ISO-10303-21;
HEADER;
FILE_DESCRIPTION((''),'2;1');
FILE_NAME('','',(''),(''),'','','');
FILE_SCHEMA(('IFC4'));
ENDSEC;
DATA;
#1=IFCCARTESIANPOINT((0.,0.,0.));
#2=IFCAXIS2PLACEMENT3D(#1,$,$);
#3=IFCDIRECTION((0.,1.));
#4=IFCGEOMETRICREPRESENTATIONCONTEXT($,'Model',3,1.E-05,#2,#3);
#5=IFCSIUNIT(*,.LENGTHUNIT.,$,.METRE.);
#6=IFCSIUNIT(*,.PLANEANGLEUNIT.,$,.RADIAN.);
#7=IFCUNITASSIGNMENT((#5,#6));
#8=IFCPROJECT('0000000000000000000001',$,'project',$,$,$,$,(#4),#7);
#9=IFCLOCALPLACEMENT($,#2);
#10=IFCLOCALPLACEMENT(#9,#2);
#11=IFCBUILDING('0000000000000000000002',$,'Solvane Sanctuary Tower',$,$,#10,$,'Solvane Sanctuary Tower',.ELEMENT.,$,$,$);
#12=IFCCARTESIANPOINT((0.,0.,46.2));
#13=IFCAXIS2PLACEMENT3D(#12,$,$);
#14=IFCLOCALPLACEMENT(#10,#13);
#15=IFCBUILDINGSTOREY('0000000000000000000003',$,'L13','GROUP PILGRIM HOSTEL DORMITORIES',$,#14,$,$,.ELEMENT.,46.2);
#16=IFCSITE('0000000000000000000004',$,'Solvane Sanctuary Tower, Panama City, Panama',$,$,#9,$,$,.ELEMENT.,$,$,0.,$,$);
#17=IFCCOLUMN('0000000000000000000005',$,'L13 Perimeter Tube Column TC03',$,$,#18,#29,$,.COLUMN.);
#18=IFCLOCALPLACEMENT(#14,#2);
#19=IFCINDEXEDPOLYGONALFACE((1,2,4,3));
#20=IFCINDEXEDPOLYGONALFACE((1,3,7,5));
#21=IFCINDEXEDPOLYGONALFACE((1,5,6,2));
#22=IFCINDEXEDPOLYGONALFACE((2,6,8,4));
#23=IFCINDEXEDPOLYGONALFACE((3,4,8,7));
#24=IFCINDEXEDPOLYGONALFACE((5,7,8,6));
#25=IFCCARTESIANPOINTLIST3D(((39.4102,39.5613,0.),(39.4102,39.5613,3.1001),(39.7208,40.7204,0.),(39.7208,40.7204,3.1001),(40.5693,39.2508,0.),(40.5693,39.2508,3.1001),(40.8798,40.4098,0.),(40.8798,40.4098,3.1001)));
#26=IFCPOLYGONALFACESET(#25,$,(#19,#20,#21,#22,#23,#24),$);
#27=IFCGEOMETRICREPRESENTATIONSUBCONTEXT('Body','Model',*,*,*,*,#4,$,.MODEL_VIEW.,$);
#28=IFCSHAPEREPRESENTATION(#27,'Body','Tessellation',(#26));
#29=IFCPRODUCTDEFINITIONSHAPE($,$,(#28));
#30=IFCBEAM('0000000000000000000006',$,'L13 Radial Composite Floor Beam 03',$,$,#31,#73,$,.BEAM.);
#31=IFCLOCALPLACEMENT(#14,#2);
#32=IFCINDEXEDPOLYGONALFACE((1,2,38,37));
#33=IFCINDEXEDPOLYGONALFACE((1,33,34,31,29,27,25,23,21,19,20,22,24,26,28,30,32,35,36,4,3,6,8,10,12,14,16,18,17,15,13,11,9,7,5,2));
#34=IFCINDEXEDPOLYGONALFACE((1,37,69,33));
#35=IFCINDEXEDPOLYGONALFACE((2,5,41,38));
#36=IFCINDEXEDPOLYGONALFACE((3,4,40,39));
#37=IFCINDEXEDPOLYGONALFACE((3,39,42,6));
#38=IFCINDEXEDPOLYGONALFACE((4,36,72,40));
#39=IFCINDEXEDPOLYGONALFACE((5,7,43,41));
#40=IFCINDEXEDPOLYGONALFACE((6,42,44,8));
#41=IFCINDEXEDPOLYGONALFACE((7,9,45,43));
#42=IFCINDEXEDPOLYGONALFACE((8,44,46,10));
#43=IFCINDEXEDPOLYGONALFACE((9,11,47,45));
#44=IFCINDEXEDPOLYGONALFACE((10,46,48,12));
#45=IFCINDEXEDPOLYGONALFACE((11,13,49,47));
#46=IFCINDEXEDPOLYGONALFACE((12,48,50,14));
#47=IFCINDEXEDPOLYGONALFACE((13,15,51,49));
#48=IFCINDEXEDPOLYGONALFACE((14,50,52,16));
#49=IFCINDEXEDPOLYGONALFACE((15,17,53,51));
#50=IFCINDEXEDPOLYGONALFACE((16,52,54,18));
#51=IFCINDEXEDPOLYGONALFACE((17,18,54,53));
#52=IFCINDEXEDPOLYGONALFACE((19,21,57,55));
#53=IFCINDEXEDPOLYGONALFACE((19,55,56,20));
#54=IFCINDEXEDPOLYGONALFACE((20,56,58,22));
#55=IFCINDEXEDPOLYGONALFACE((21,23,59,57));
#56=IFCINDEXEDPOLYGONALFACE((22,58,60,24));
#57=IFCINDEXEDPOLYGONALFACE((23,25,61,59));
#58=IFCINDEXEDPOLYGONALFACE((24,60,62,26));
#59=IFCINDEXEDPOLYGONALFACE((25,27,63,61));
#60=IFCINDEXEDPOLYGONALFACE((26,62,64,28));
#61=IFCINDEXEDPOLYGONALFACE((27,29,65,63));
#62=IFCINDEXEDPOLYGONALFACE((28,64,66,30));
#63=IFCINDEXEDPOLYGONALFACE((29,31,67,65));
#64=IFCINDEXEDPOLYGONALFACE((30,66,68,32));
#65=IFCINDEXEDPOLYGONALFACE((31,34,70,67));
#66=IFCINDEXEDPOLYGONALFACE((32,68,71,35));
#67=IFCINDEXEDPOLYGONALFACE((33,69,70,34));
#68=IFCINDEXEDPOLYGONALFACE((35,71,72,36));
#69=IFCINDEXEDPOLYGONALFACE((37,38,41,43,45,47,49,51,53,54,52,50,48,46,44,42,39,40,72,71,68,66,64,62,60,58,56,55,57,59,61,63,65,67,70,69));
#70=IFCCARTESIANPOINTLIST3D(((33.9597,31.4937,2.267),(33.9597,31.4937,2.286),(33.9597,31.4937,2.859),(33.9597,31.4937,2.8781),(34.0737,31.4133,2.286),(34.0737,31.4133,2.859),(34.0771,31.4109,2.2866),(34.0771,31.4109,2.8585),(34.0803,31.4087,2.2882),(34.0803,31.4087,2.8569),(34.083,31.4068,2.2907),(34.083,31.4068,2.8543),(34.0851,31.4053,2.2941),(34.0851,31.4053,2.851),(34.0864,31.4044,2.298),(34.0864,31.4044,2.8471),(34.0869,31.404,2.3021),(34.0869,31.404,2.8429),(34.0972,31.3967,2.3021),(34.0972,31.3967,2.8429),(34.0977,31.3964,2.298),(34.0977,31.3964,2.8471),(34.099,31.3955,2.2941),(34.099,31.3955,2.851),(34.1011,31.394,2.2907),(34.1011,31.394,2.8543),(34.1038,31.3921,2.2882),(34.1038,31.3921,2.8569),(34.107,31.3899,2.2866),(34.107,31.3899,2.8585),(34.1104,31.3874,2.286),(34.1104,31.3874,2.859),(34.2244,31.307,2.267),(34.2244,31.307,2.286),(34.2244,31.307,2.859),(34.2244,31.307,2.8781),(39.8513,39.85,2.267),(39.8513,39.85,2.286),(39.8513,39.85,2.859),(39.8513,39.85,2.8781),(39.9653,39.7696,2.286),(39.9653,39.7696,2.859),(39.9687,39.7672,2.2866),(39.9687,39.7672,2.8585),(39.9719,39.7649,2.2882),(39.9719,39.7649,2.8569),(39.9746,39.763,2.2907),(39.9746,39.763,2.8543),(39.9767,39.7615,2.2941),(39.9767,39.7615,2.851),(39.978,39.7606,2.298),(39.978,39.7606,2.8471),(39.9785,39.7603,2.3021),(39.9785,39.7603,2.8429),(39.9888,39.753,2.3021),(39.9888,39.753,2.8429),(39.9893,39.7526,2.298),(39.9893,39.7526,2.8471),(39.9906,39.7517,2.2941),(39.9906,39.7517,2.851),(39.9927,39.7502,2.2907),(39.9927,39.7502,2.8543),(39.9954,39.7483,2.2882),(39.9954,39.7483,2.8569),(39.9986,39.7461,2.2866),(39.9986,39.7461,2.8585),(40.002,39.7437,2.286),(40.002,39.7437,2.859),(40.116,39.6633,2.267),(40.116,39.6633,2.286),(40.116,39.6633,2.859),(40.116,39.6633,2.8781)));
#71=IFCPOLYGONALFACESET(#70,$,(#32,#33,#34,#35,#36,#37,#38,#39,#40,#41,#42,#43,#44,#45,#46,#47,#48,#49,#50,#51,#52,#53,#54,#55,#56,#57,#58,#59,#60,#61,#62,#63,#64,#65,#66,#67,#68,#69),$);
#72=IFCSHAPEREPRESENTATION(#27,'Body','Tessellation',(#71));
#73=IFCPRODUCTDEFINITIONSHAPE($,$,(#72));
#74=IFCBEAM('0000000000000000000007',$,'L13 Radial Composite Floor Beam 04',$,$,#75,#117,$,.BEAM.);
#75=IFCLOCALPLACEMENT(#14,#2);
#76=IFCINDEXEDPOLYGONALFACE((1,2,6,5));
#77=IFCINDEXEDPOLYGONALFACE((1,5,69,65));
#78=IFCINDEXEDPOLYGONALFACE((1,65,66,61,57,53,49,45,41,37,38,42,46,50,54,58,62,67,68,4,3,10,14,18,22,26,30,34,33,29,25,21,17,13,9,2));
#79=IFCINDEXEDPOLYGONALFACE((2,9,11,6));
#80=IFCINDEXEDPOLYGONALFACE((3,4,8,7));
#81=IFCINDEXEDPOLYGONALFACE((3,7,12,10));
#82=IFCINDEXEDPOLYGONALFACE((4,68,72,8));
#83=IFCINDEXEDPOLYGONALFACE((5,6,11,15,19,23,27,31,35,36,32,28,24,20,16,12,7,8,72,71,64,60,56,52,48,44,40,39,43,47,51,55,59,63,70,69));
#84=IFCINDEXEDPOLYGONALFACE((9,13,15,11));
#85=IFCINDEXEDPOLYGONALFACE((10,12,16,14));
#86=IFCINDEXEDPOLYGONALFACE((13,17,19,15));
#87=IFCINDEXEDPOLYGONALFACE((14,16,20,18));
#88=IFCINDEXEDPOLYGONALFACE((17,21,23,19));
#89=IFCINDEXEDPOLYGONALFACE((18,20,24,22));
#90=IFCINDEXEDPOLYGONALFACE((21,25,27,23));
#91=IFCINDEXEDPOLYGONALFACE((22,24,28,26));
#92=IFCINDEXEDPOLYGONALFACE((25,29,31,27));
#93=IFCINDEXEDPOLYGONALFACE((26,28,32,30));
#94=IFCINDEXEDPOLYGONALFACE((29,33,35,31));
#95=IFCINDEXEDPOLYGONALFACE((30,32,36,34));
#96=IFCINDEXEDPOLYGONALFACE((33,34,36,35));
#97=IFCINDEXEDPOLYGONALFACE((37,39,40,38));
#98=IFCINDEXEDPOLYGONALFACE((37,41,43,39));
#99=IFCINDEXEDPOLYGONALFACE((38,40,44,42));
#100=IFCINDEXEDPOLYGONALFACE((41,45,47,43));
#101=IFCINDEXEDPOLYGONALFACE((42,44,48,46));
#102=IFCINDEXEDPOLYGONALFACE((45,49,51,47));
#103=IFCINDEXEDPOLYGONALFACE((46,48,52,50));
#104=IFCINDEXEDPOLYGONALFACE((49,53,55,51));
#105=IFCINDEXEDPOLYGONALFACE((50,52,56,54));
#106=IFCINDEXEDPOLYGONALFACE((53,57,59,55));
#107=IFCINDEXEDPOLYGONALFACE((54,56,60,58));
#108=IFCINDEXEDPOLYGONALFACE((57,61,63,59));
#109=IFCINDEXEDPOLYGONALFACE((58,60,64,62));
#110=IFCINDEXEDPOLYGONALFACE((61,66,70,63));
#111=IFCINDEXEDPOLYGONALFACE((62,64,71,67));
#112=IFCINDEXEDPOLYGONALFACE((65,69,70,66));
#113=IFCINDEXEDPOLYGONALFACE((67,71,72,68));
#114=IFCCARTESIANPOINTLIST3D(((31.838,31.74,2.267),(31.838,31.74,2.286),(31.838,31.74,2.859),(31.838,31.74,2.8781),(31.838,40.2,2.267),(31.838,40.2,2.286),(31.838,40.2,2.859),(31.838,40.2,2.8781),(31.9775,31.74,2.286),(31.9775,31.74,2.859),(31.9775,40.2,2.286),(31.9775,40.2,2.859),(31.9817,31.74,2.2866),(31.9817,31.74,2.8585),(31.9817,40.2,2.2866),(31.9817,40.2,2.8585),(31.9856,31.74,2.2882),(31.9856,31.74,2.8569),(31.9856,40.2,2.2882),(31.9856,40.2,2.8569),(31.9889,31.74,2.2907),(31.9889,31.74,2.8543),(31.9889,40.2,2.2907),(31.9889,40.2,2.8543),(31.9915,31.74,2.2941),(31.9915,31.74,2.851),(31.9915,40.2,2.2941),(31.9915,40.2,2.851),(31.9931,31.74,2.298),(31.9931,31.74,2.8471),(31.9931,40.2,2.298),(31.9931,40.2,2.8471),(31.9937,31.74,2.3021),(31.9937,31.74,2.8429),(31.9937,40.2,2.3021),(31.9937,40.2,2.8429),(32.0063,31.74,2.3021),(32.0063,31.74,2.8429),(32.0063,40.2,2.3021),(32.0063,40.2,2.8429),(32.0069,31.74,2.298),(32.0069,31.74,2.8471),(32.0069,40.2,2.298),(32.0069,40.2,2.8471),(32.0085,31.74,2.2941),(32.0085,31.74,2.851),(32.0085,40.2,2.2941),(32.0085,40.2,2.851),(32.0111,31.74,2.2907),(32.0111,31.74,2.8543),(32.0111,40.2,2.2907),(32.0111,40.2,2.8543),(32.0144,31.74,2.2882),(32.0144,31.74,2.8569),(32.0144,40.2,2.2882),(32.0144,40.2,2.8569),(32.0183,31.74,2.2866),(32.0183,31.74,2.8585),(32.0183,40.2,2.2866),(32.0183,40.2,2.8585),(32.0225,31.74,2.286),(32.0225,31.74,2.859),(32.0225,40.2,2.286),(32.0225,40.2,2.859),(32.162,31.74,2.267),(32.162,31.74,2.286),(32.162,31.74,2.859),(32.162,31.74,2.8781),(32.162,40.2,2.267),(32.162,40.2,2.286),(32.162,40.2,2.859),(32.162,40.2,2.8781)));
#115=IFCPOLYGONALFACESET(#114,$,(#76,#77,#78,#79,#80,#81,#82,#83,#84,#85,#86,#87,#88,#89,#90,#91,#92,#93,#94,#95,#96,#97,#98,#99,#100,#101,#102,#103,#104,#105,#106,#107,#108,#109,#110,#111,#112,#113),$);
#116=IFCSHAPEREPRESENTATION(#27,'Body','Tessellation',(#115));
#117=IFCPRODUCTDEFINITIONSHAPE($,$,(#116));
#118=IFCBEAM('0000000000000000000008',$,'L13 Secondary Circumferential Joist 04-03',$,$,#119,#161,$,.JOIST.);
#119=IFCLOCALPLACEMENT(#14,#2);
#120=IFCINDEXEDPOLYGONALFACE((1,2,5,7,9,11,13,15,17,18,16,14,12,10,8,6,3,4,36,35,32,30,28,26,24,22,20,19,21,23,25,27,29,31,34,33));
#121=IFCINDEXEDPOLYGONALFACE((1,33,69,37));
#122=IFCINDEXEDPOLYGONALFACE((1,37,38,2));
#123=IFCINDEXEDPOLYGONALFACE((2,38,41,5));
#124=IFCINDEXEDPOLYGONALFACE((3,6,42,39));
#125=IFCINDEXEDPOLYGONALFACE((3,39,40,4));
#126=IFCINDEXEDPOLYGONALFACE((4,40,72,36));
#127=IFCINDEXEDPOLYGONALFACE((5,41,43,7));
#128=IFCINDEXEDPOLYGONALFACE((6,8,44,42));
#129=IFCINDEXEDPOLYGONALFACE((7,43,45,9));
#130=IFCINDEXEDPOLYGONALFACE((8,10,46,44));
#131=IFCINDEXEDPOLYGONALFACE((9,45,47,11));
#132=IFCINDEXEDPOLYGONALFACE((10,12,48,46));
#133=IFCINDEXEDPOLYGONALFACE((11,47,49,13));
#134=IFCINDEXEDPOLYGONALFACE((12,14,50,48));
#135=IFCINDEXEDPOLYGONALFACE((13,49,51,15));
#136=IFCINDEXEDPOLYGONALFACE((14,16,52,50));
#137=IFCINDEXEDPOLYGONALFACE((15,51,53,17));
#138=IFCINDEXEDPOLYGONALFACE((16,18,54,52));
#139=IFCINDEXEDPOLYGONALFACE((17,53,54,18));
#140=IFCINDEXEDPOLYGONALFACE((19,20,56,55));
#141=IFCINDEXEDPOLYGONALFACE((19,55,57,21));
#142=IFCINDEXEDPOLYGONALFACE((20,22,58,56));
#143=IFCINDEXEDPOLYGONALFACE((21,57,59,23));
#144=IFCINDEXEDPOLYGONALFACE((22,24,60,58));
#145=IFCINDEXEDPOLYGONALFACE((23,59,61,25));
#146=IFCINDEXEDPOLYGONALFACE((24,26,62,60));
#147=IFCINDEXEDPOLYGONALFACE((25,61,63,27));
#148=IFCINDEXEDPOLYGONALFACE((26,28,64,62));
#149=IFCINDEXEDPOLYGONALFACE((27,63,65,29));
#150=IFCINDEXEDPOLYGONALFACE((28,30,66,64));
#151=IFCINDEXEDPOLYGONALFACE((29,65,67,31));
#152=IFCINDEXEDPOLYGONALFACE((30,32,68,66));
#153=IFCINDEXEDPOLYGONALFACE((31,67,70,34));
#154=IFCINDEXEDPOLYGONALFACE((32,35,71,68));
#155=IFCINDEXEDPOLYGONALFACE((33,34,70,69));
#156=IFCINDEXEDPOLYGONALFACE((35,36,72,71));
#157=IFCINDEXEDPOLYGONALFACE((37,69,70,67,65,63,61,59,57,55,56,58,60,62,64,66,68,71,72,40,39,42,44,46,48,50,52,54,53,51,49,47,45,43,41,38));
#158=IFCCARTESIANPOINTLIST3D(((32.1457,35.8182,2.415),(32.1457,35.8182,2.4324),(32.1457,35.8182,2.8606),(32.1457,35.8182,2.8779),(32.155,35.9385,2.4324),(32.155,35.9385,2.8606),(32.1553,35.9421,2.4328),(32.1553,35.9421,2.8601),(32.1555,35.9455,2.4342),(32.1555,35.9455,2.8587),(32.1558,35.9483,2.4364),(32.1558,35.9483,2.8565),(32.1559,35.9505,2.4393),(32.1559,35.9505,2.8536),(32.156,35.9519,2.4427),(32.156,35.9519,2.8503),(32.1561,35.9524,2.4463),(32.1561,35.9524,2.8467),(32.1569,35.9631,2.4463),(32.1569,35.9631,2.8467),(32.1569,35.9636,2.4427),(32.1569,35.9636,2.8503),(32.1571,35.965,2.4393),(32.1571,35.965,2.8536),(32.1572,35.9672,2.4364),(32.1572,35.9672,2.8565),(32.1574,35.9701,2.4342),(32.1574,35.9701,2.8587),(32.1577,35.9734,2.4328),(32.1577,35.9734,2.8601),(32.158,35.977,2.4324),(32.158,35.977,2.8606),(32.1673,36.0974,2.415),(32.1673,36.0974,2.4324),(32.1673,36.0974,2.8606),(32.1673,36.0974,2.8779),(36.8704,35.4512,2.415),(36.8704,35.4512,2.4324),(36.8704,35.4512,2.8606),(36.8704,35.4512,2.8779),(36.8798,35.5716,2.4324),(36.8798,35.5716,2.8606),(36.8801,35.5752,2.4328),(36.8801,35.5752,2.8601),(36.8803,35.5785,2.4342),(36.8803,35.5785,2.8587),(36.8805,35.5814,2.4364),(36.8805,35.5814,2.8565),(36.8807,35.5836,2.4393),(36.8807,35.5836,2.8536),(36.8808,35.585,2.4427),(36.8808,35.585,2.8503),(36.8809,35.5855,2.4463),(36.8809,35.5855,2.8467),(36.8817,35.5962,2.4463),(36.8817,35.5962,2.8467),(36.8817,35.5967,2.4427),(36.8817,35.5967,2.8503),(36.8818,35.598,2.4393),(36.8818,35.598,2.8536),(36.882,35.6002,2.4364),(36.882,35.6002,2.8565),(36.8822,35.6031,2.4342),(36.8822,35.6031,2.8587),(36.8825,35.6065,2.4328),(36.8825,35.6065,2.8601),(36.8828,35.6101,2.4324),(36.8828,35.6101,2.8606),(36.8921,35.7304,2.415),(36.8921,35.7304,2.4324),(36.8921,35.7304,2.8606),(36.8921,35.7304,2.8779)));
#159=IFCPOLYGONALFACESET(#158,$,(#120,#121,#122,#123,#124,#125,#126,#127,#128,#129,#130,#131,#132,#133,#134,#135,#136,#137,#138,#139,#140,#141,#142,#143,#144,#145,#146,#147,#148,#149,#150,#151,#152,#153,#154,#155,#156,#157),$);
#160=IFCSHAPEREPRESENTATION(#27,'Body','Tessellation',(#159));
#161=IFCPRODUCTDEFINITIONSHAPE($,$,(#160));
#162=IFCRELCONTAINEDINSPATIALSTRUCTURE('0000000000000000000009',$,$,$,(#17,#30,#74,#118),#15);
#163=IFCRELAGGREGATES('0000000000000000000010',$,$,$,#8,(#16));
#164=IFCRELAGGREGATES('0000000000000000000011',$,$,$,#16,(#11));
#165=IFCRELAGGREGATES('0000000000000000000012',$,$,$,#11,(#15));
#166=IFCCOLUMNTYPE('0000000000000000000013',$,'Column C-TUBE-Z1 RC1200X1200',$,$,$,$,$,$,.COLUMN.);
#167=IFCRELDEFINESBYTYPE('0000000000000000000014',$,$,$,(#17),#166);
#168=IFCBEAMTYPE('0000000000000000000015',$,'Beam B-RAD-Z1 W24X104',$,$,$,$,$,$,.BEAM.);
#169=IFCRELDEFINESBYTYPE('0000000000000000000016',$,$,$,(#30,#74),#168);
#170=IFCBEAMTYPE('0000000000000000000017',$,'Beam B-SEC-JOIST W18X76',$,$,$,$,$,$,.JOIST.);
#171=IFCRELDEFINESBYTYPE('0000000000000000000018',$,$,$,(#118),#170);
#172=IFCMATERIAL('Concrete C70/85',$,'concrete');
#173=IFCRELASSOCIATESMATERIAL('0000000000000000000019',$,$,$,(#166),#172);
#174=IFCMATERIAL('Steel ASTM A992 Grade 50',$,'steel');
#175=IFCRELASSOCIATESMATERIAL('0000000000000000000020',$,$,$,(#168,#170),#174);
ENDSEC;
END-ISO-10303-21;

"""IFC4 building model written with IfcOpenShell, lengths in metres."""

from ifc_helpers import new_model, si_unit, direction, frame, origin, origin_2d, place, context, subcontext, project, spatial, rectangle, i_section, extrude, material, material_profile, profile_set, type_object, element, save


model = new_model("IFC4")

# Units and contexts
model_context = context("Model", 3, precision=1e-05, world=origin(), true_north=direction((0.0, 1.0)))
body_context = subcontext(model_context, "Body", "Model", "MODEL_VIEW")
ifc_project = project(units=[si_unit("LENGTHUNIT", "METRE"), si_unit("PLANEANGLEUNIT", "RADIAN")], contexts=[model_context])

# Site, building, storey
site_placement = place(None, origin())
site = spatial("IfcSite", under=ifc_project, at=site_placement, Name="Solvane Sanctuary Tower, Panama City, Panama", CompositionType="ELEMENT", RefElevation=0.0)
building_placement = place(site_placement, origin())
building = spatial("IfcBuilding", under=site, at=building_placement, Name="Solvane Sanctuary Tower", LongName="Solvane Sanctuary Tower", CompositionType="ELEMENT")
storey_placement = place(building_placement, frame((0.0, 0.0, 46.2)))
storey = spatial("IfcBuildingStorey", under=building, at=storey_placement, Name="L13", Description="GROUP PILGRIM HOSTEL DORMITORIES", CompositionType="ELEMENT", Elevation=46.2)

# Column
ifc_material_1 = material(Name="Concrete C70/85", Category="concrete")
ifc_material_profile_1 = material_profile(ifc_material_1, rectangle(XDim=1.2, YDim=1.2, at=origin_2d()), Name="RC1200X1200")
ifc_profile_set_1 = profile_set([ifc_material_profile_1], Name="Concrete C70/85")
column_type = type_object("IfcColumnType", Name="Column C-TUBE-Z1 RC1200X1200", PredefinedType="COLUMN", material=ifc_profile_set_1)
column_placement = place(storey_placement, frame((40.145, 39.9856, 0.0), z_axis=(0.0, 0.0, 1.0), x_axis=(0.258819, 0.965926, 0.0)))
element("IfcColumn", 1, at=column_placement, inside=storey, type_object=column_type, Name="L13 Perimeter Tube Column TC03", PredefinedType="COLUMN", context=body_context, shape_type="SweptSolid", body=[
    extrude(rectangle(XDim=1.2, YDim=1.2, at=origin_2d()), origin(), (0.0, 0.0, 1.0), 3.1001),
])

# Beams
ifc_material_2 = material(Name="Steel ASTM A992 Grade 50", Category="steel")
ifc_material_profile_2 = material_profile(ifc_material_2, i_section(OverallWidth=0.324, OverallDepth=0.6111, WebThickness=0.0127, FlangeThickness=0.019, FilletRadius=0.0161, at=origin_2d()), Name="W24X104")
ifc_profile_set_2 = profile_set([ifc_material_profile_2], Name="Steel ASTM A992 Grade 50")
beam_type_1 = type_object("IfcBeamType", Name="Beam B-RAD-Z1 W24X104", PredefinedType="BEAM", material=ifc_profile_set_2)
beam_1_placement = place(storey_placement, frame((34.092, 31.4004, 2.5725), z_axis=(0.576233, 0.817285, 0.0), x_axis=(-0.817285, 0.576233, 0.0)))
element("IfcBeam", 2, at=beam_1_placement, inside=storey, type_object=beam_type_1, Name="L13 Radial Composite Floor Beam 03", PredefinedType="BEAM", context=body_context, shape_type="SweptSolid", body=[
    extrude(i_section(OverallWidth=0.324, OverallDepth=0.6111, WebThickness=0.0127, FlangeThickness=0.019, FilletRadius=0.0161, at=origin_2d()), origin(), (0.0, 0.0, 1.0), 10.2244),
])
beam_2_placement = place(storey_placement, frame((32.0, 31.74, 2.5725), z_axis=(0.0, 1.0, 0.0), x_axis=(-1.0, 0.0, 0.0)))
element("IfcBeam", 3, at=beam_2_placement, inside=storey, type_object=beam_type_1, Name="L13 Radial Composite Floor Beam 04", PredefinedType="BEAM", context=body_context, shape_type="SweptSolid", body=[
    extrude(i_section(OverallWidth=0.324, OverallDepth=0.6111, WebThickness=0.0127, FlangeThickness=0.019, FilletRadius=0.0161, at=origin_2d()), origin(), (0.0, 0.0, 1.0), 8.46),
])
ifc_material_profile_3 = material_profile(ifc_material_2, i_section(OverallWidth=0.28, OverallDepth=0.4629, WebThickness=0.0107, FlangeThickness=0.0173, FilletRadius=0.0139, at=origin_2d()), Name="W18X76")
ifc_profile_set_3 = profile_set([ifc_material_profile_3], Name="Steel ASTM A992 Grade 50")
beam_type_2 = type_object("IfcBeamType", Name="Beam B-SEC-JOIST W18X76", PredefinedType="JOIST", material=ifc_profile_set_3)
beam_3_placement = place(storey_placement, frame((32.1565, 35.9578, 2.6465), z_axis=(0.996998, -0.077429, 0.0), x_axis=(0.077429, 0.996998, 0.0)))
element("IfcBeam", 4, at=beam_3_placement, inside=storey, type_object=beam_type_2, Name="L13 Secondary Circumferential Joist 04-03", PredefinedType="JOIST", context=body_context, shape_type="SweptSolid", body=[
    extrude(i_section(OverallWidth=0.28, OverallDepth=0.4629, WebThickness=0.0107, FlangeThickness=0.0173, FilletRadius=0.0139, at=origin_2d()), origin(), (0.0, 0.0, 1.0), 4.739),
])

save(model, "model.ifc")
